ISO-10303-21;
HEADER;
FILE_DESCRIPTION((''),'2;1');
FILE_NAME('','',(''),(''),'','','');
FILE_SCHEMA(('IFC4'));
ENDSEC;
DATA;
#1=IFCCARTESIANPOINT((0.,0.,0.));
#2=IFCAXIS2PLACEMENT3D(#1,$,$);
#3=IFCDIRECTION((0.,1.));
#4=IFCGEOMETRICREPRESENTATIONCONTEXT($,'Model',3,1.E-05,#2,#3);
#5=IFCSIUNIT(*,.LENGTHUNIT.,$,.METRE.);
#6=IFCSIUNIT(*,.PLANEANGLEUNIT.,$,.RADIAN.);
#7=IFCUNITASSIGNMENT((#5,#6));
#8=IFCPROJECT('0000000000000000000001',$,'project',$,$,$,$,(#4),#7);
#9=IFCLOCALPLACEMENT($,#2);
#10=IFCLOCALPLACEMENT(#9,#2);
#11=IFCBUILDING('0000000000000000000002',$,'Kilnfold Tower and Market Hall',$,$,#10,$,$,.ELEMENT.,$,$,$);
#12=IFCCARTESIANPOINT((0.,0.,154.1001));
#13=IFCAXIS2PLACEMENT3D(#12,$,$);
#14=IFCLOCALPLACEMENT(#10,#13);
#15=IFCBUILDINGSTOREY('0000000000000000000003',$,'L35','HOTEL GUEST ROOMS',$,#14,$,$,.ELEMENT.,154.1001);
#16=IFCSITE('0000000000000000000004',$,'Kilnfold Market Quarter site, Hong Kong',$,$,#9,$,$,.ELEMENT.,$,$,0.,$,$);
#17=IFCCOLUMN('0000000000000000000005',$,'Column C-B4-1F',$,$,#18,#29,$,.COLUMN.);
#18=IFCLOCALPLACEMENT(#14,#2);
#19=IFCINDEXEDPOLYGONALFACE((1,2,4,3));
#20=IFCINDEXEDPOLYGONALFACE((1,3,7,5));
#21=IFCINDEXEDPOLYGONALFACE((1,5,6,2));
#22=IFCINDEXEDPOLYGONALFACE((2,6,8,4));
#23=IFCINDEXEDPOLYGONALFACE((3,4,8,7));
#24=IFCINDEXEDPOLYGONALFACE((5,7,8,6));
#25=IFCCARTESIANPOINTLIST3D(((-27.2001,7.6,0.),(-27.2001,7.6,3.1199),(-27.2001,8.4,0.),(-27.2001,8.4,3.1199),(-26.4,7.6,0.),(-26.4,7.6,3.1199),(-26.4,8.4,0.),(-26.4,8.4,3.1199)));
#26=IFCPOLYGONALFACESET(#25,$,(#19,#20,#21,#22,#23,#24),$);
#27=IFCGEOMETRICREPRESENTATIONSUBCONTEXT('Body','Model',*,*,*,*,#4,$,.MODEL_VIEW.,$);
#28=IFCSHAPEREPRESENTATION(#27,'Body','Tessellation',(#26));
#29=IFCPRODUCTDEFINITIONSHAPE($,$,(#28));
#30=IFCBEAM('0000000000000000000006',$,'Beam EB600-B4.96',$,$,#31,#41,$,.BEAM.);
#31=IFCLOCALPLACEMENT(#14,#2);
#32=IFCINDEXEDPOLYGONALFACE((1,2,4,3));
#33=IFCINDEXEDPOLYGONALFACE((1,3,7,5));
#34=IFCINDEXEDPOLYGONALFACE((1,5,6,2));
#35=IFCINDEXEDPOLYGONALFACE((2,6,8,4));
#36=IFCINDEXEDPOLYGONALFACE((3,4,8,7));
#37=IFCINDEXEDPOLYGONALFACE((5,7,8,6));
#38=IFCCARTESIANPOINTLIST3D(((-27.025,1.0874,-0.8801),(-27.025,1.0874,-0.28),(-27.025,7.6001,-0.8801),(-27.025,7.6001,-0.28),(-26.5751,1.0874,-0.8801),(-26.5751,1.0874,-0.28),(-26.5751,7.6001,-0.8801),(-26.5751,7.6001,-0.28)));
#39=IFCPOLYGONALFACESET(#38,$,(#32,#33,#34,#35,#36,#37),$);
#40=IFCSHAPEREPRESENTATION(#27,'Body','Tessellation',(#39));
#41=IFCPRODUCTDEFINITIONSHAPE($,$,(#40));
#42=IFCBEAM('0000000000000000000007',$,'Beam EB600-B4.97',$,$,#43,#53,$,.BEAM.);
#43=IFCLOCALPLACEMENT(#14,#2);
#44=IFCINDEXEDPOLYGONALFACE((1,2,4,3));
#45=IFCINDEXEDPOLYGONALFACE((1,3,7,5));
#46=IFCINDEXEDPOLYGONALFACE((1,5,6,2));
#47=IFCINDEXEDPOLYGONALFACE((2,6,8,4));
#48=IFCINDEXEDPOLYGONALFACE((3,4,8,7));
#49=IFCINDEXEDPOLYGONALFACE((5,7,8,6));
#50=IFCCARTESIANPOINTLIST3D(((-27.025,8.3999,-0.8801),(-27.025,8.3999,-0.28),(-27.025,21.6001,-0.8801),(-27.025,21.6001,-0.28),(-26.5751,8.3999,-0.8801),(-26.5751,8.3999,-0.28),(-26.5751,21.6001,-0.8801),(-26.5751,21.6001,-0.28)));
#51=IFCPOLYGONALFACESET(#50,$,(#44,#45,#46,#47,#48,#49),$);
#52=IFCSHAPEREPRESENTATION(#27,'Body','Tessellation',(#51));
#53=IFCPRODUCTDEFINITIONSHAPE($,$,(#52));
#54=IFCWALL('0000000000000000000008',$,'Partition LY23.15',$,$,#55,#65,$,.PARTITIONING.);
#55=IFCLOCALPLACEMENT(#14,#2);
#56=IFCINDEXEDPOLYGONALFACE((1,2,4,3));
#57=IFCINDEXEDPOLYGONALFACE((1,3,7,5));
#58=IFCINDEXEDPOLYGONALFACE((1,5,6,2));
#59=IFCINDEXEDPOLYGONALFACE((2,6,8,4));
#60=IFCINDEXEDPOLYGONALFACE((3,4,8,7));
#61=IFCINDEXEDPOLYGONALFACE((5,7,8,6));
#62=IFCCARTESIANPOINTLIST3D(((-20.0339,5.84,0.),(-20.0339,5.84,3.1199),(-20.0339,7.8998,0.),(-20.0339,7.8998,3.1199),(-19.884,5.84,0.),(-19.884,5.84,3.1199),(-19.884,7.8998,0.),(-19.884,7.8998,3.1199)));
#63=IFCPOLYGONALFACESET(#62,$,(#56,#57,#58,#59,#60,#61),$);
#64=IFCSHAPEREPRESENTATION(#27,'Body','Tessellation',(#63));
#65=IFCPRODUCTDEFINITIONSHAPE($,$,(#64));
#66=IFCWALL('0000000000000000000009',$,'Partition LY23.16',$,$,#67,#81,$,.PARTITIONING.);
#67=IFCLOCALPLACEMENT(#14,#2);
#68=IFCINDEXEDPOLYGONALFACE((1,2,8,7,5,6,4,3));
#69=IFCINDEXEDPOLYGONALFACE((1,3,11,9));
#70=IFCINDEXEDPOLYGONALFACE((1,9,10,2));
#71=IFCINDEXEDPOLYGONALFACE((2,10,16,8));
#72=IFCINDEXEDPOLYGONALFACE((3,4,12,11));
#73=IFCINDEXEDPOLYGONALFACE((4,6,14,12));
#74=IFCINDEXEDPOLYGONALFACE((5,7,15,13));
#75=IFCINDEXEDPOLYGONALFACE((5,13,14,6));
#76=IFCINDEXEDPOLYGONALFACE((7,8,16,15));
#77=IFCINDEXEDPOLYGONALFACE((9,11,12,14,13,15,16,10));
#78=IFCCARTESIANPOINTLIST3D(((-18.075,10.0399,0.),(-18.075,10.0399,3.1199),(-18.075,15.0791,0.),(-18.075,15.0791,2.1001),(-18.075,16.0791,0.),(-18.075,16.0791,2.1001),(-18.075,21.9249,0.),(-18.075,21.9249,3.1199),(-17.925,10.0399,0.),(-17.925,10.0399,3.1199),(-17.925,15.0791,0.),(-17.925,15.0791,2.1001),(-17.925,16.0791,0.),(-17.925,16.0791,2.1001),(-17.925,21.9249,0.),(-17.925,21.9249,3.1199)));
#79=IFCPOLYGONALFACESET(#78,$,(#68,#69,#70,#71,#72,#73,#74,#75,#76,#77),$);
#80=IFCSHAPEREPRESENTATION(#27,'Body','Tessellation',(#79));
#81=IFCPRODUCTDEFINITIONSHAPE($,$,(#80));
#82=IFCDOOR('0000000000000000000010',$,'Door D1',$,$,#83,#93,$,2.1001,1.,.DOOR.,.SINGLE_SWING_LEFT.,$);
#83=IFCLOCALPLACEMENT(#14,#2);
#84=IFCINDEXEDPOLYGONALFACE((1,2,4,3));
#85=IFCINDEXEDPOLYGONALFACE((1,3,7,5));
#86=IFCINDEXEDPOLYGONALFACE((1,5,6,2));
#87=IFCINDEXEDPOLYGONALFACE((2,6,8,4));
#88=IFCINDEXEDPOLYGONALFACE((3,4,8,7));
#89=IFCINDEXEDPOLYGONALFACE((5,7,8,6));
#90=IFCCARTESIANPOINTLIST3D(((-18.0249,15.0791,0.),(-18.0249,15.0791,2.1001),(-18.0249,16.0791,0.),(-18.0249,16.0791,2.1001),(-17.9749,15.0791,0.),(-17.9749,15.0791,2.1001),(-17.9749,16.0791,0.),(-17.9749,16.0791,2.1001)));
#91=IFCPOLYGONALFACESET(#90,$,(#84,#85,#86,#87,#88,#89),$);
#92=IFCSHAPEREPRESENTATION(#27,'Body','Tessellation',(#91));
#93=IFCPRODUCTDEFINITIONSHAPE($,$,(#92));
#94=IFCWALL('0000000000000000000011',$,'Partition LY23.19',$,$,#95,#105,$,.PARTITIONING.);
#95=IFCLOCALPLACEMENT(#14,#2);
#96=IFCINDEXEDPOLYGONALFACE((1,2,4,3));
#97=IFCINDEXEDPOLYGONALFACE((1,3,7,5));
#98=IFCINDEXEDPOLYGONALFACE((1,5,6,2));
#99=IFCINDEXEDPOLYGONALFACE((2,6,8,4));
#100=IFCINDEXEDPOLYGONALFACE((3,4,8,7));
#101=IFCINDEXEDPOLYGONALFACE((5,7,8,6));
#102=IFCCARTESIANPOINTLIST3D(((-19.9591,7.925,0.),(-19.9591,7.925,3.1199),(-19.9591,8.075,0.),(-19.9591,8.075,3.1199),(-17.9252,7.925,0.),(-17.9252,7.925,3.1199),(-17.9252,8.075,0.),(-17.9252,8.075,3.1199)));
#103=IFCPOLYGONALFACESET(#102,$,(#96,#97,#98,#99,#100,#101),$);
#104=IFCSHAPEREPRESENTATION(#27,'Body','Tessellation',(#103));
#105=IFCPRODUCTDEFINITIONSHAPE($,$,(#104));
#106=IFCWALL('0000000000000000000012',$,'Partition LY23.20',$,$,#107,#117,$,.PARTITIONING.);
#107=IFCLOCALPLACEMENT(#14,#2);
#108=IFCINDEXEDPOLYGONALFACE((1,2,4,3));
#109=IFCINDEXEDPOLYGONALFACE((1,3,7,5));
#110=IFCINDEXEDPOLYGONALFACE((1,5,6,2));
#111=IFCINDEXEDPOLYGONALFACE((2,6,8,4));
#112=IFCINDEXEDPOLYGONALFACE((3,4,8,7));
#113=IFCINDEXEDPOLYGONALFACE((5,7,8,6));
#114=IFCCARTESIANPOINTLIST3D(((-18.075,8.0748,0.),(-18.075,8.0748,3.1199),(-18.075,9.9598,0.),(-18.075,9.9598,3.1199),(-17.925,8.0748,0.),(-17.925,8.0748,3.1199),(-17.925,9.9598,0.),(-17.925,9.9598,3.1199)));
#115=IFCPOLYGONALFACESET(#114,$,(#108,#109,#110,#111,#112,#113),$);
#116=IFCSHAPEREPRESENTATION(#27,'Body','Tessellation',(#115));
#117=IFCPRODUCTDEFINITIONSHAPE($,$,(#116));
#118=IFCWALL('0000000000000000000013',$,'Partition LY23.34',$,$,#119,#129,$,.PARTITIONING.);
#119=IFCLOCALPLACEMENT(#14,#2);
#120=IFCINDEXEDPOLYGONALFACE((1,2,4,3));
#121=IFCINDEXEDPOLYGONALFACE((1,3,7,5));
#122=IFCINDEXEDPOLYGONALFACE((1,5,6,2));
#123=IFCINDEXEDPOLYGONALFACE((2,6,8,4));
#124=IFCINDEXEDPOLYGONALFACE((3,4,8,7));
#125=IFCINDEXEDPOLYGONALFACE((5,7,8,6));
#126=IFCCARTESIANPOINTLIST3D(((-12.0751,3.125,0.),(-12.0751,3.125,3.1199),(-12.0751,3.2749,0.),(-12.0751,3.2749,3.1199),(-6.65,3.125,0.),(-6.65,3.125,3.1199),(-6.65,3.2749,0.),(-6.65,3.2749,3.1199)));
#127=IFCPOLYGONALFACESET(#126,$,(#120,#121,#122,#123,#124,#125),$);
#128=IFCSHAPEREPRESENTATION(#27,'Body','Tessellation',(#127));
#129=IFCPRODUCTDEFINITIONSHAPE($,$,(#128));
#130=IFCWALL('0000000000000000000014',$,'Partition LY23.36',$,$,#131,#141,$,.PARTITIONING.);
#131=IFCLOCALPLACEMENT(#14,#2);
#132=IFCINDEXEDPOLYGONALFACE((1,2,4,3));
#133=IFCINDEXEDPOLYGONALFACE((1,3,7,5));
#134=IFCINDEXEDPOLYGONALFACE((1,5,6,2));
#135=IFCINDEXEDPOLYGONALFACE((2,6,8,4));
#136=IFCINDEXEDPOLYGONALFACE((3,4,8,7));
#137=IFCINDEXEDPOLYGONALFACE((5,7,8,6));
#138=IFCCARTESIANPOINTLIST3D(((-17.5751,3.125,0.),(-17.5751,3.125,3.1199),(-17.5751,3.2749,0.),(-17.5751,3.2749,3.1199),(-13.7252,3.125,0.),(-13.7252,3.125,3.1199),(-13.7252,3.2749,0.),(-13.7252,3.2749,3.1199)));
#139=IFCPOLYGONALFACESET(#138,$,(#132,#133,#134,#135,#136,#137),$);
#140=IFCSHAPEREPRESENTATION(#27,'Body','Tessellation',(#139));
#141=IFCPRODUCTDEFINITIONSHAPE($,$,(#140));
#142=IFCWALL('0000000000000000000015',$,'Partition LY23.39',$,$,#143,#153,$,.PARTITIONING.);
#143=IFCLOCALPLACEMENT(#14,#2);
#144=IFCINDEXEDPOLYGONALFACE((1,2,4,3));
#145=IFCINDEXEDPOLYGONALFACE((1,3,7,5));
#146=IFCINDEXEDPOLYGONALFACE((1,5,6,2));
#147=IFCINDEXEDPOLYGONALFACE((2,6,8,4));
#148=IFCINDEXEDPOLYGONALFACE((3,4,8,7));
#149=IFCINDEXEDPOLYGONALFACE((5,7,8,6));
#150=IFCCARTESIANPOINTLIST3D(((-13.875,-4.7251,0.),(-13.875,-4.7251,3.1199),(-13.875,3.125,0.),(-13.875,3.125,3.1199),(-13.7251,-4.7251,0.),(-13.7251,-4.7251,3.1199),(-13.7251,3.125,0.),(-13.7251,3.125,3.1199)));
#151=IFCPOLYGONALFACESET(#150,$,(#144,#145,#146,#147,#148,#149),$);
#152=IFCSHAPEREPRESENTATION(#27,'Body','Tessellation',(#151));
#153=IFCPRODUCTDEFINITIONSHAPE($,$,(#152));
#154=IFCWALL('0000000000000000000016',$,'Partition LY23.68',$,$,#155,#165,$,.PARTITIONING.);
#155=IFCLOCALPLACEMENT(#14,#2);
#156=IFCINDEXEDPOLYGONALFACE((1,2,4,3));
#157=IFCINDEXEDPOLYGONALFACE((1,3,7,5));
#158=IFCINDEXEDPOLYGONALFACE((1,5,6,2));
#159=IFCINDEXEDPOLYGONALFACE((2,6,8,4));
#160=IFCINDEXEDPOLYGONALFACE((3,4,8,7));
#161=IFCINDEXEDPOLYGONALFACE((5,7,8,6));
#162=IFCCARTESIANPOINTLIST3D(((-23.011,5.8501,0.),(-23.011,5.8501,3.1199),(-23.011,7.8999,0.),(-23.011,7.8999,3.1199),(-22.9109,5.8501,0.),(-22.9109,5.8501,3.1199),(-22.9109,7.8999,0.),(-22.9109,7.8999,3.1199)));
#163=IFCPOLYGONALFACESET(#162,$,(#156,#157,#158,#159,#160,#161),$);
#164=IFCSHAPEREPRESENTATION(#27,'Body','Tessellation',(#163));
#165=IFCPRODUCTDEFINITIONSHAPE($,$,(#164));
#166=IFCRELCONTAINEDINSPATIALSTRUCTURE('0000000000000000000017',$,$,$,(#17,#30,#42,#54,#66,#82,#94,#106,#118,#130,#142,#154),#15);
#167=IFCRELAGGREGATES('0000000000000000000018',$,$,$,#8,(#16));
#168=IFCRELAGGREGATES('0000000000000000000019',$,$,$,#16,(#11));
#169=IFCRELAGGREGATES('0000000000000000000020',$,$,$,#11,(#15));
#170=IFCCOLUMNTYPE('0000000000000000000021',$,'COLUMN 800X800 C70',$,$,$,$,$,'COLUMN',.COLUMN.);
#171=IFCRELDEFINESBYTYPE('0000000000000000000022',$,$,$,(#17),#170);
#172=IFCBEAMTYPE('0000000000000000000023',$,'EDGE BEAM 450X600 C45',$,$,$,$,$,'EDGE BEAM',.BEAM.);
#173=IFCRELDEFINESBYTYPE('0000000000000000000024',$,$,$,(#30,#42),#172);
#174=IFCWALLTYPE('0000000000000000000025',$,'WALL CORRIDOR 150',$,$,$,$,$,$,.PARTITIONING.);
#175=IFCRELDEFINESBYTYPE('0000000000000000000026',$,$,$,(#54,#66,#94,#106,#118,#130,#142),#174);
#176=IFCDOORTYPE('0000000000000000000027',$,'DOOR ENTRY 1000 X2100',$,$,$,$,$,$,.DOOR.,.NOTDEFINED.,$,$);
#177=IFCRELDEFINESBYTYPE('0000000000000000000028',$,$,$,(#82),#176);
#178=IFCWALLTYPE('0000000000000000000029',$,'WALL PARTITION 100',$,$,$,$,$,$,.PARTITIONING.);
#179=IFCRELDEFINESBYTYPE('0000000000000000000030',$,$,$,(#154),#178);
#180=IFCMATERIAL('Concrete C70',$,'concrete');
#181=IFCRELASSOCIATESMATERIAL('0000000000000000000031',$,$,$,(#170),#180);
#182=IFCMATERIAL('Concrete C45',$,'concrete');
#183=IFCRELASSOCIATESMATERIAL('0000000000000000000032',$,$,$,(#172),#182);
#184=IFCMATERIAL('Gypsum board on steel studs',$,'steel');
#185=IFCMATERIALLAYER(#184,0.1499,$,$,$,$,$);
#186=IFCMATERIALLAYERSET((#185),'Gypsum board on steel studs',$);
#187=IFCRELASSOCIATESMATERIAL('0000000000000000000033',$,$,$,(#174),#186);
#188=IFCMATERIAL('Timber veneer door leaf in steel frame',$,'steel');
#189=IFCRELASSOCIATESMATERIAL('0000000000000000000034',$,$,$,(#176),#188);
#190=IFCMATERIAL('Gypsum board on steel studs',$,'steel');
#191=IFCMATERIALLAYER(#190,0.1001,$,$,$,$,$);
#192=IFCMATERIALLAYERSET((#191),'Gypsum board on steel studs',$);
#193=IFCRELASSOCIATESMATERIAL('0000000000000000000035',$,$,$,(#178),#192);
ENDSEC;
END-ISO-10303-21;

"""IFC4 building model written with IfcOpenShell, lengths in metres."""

from ifc_helpers import new_model, si_unit, direction, frame, frame_2d, origin, origin_2d, place, context, subcontext, project, spatial, rectangle, extrude, source, transform, mapped, material, layer, layer_set, material_profile, profile_set, type_object, element, fill, save


model = new_model("IFC4")

# Units and contexts
model_context = context("Model", 3, precision=1e-05, world=origin(), true_north=direction((0.0, 1.0)))
body_context = subcontext(model_context, "Body", "Model", "MODEL_VIEW")
ifc_project = project(units=[si_unit("LENGTHUNIT", "METRE"), si_unit("PLANEANGLEUNIT", "RADIAN")], contexts=[model_context])

# Site, building, storey
site_placement = place(None, origin())
site = spatial("IfcSite", under=ifc_project, at=site_placement, Name="Kilnfold Market Quarter site, Hong Kong", CompositionType="ELEMENT", RefElevation=0.0)
building_placement = place(site_placement, origin())
building = spatial("IfcBuilding", under=site, at=building_placement, Name="Kilnfold Tower and Market Hall", CompositionType="ELEMENT")
storey_placement = place(building_placement, frame((0.0, 0.0, 154.1001)))
storey = spatial("IfcBuildingStorey", under=building, at=storey_placement, Name="L35", Description="HOTEL GUEST ROOMS", CompositionType="ELEMENT", Elevation=154.1001)

# Column
ifc_material_1 = material(Name="Concrete C70", Category="concrete")
ifc_material_profile_1 = material_profile(ifc_material_1, rectangle(XDim=0.8, YDim=0.8, at=origin_2d()), Name="RC 800x800")
ifc_profile_set_1 = profile_set([ifc_material_profile_1], Name="Concrete C70")
column_type = type_object("IfcColumnType", Name="COLUMN 800X800 C70", ElementType="COLUMN", PredefinedType="COLUMN", material=ifc_profile_set_1)
shared_shape_1 = source(origin(), body_context, "Body", "SweptSolid", [
    extrude(rectangle(XDim=0.8, YDim=0.8, at=origin_2d()), origin(), (0.0, 0.0, 1.0), 3.1199),
])
column_placement = place(storey_placement, frame((-26.8, 8.0, 0.0), z_axis=(0.0, 0.0, 1.0), x_axis=(1.0, 0.0, 0.0)))
element("IfcColumn", 1, at=column_placement, inside=storey, type_object=column_type, Name="Column C-B4-1F", PredefinedType="COLUMN", context=body_context, shape_type="MappedRepresentation", body=[
    mapped(shared_shape_1, transform((0.0, 0.0, 0.0))),
])

# Beams
ifc_material_2 = material(Name="Concrete C45", Category="concrete")
ifc_material_profile_2 = material_profile(ifc_material_2, rectangle(XDim=0.45, YDim=0.6001, at=origin_2d()), Name="RC 450x600")
ifc_profile_set_2 = profile_set([ifc_material_profile_2], Name="Concrete C45")
beam_type = type_object("IfcBeamType", Name="EDGE BEAM 450X600 C45", ElementType="EDGE BEAM", PredefinedType="BEAM", material=ifc_profile_set_2)
shared_shape_2 = source(origin(), body_context, "Body", "SweptSolid", [
    extrude(rectangle(XDim=0.45, YDim=0.6001, at=origin_2d()), origin(), (0.0, 0.0, 1.0), 6.5127),
])
beam_1_placement = place(storey_placement, frame((-26.8, 1.0874, -0.5801), z_axis=(0.0, 1.0, 0.0), x_axis=(-1.0, 0.0, 0.0)))
element("IfcBeam", 2, at=beam_1_placement, inside=storey, type_object=beam_type, Name="Beam EB600-B4.96", PredefinedType="BEAM", context=body_context, shape_type="MappedRepresentation", body=[
    mapped(shared_shape_2, transform((0.0, 0.0, 0.0))),
])
shared_shape_3 = source(origin(), body_context, "Body", "SweptSolid", [
    extrude(rectangle(XDim=0.45, YDim=0.6001, at=origin_2d()), origin(), (0.0, 0.0, 1.0), 13.2002),
])
beam_2_placement = place(storey_placement, frame((-26.8, 8.3999, -0.5801), z_axis=(0.0, 1.0, 0.0), x_axis=(-1.0, 0.0, 0.0)))
element("IfcBeam", 3, at=beam_2_placement, inside=storey, type_object=beam_type, Name="Beam EB600-B4.97", PredefinedType="BEAM", context=body_context, shape_type="MappedRepresentation", body=[
    mapped(shared_shape_3, transform((0.0, 0.0, 0.0))),
])

# Wall
ifc_material_3 = material(Name="Gypsum board on steel studs", Category="steel")
ifc_layer_1 = layer(ifc_material_3, 0.1499)
ifc_layer_set_1 = layer_set([ifc_layer_1], Name="Gypsum board on steel studs")
wall_type_1 = type_object("IfcWallType", Name="WALL CORRIDOR 150", PredefinedType="PARTITIONING", material=ifc_layer_set_1)
wall_1_placement = place(storey_placement, frame((-19.959, 5.8401, 0.0), z_axis=(0.0, 0.0, 1.0), x_axis=(0.0, 1.0, 0.0)))
element("IfcWall", 4, at=wall_1_placement, inside=storey, type_object=wall_type_1, Name="Partition LY23.15", PredefinedType="PARTITIONING", context=body_context, shape_type="SweptSolid", body=[
    extrude(rectangle(XDim=2.0598, YDim=0.1499, at=frame_2d((1.0298, 0.0))), origin(), (0.0, 0.0, 1.0), 3.1199),
])

# Wall, opening, door
wall_2_placement = place(storey_placement, frame((-18.0, 10.04, 0.0), z_axis=(0.0, 0.0, 1.0), x_axis=(0.0, 1.0, 0.0)))
wall_2 = element("IfcWall", 5, at=wall_2_placement, inside=storey, type_object=wall_type_1, Name="Partition LY23.16", PredefinedType="PARTITIONING", context=body_context, shape_type="SweptSolid", body=[
    extrude(rectangle(XDim=11.885, YDim=0.1499, at=frame_2d((5.9424, 0.0))), origin(), (0.0, 0.0, 1.0), 3.1199),
])
opening_1_placement = place(wall_2_placement, frame((5.0391, 0.0, 0.0)))
opening_1 = element("IfcOpeningElement", 6, at=opening_1_placement, cuts=wall_2, PredefinedType="OPENING", context=body_context, shape_type="SweptSolid", body=[
    extrude(rectangle(XDim=1.0, YDim=2.1001, at=frame_2d((0.5, 1.05))), frame((0.0, 0.085, 0.0), z_axis=(0.0, -1.0, 0.0), x_axis=(1.0, 0.0, 0.0)), (0.0, 0.0, 1.0), 0.1699),
])
ifc_material_4 = material(Name="Timber veneer door leaf in steel frame", Category="steel")
door_type_1 = type_object("IfcDoorType", Name="DOOR ENTRY 1000 X2100", OperationType="NOTDEFINED", PredefinedType="DOOR", material=ifc_material_4)
door_1_placement = place(opening_1_placement, origin())
door_1 = element("IfcDoor", 7, at=door_1_placement, inside=storey, type_object=door_type_1, Name="Door D1", OperationType="SINGLE_SWING_LEFT", OverallHeight=2.1001, OverallWidth=1.0, PredefinedType="DOOR", context=body_context, shape_type="SweptSolid", body=[
    extrude(rectangle(XDim=1.0, YDim=2.1001, at=frame_2d((0.5, 1.05))), frame((0.0, 0.0249, 0.0), z_axis=(0.0, -1.0, 0.0), x_axis=(1.0, 0.0, 0.0)), (0.0, 0.0, 1.0), 0.05),
])
fill(opening_1, door_1)

# Walls
wall_3_placement = place(storey_placement, frame((-17.925, 8.0, 0.0), z_axis=(0.0, 0.0, 1.0), x_axis=(-1.0, 0.0, 0.0)))
element("IfcWall", 8, at=wall_3_placement, inside=storey, type_object=wall_type_1, Name="Partition LY23.19", PredefinedType="PARTITIONING", context=body_context, shape_type="SweptSolid", body=[
    extrude(rectangle(XDim=2.0339, YDim=0.1499, at=frame_2d((1.0171, 0.0))), origin(), (0.0, 0.0, 1.0), 3.1199),
])
wall_4_placement = place(storey_placement, frame((-18.0, 8.075, 0.0), z_axis=(0.0, 0.0, 1.0), x_axis=(0.0, 1.0, 0.0)))
element("IfcWall", 9, at=wall_4_placement, inside=storey, type_object=wall_type_1, Name="Partition LY23.20", PredefinedType="PARTITIONING", context=body_context, shape_type="SweptSolid", body=[
    extrude(rectangle(XDim=1.885, YDim=0.1499, at=frame_2d((0.9424, 0.0))), origin(), (0.0, 0.0, 1.0), 3.1199),
])
wall_5_placement = place(storey_placement, frame((-12.075, 3.2, 0.0), z_axis=(0.0, 0.0, 1.0), x_axis=(1.0, 0.0, 0.0)))
element("IfcWall", 10, at=wall_5_placement, inside=storey, type_object=wall_type_1, Name="Partition LY23.34", PredefinedType="PARTITIONING", context=body_context, shape_type="SweptSolid", body=[
    extrude(rectangle(XDim=5.425, YDim=0.1499, at=frame_2d((2.7124, 0.0))), origin(), (0.0, 0.0, 1.0), 3.1199),
])
wall_6_placement = place(storey_placement, frame((-17.575, 3.2, 0.0), z_axis=(0.0, 0.0, 1.0), x_axis=(1.0, 0.0, 0.0)))
element("IfcWall", 11, at=wall_6_placement, inside=storey, type_object=wall_type_1, Name="Partition LY23.36", PredefinedType="PARTITIONING", context=body_context, shape_type="SweptSolid", body=[
    extrude(rectangle(XDim=3.8499, YDim=0.1499, at=frame_2d((1.9248, 0.0))), origin(), (0.0, 0.0, 1.0), 3.1199),
])
wall_7_placement = place(storey_placement, frame((-13.8, 3.125, 0.0), z_axis=(0.0, 0.0, 1.0), x_axis=(0.0, -1.0, 0.0)))
element("IfcWall", 12, at=wall_7_placement, inside=storey, type_object=wall_type_1, Name="Partition LY23.39", PredefinedType="PARTITIONING", context=body_context, shape_type="SweptSolid", body=[
    extrude(rectangle(XDim=7.8501, YDim=0.1499, at=frame_2d((3.925, 0.0))), origin(), (0.0, 0.0, 1.0), 3.1199),
])
ifc_material_5 = material(Name="Gypsum board on steel studs", Category="steel")
ifc_layer_2 = layer(ifc_material_5, 0.1001)
ifc_layer_set_2 = layer_set([ifc_layer_2], Name="Gypsum board on steel studs")
wall_type_2 = type_object("IfcWallType", Name="WALL PARTITION 100", PredefinedType="PARTITIONING", material=ifc_layer_set_2)
wall_8_placement = place(storey_placement, frame((-22.9609, 5.8501, 0.0), z_axis=(0.0, 0.0, 1.0), x_axis=(0.0, 1.0, 0.0)))
element("IfcWall", 13, at=wall_8_placement, inside=storey, type_object=wall_type_2, Name="Partition LY23.68", PredefinedType="PARTITIONING", context=body_context, shape_type="SweptSolid", body=[
    extrude(rectangle(XDim=2.0498, YDim=0.1001, at=frame_2d((1.0249, 0.0))), origin(), (0.0, 0.0, 1.0), 3.1199),
])

save(model, "model.ifc")
